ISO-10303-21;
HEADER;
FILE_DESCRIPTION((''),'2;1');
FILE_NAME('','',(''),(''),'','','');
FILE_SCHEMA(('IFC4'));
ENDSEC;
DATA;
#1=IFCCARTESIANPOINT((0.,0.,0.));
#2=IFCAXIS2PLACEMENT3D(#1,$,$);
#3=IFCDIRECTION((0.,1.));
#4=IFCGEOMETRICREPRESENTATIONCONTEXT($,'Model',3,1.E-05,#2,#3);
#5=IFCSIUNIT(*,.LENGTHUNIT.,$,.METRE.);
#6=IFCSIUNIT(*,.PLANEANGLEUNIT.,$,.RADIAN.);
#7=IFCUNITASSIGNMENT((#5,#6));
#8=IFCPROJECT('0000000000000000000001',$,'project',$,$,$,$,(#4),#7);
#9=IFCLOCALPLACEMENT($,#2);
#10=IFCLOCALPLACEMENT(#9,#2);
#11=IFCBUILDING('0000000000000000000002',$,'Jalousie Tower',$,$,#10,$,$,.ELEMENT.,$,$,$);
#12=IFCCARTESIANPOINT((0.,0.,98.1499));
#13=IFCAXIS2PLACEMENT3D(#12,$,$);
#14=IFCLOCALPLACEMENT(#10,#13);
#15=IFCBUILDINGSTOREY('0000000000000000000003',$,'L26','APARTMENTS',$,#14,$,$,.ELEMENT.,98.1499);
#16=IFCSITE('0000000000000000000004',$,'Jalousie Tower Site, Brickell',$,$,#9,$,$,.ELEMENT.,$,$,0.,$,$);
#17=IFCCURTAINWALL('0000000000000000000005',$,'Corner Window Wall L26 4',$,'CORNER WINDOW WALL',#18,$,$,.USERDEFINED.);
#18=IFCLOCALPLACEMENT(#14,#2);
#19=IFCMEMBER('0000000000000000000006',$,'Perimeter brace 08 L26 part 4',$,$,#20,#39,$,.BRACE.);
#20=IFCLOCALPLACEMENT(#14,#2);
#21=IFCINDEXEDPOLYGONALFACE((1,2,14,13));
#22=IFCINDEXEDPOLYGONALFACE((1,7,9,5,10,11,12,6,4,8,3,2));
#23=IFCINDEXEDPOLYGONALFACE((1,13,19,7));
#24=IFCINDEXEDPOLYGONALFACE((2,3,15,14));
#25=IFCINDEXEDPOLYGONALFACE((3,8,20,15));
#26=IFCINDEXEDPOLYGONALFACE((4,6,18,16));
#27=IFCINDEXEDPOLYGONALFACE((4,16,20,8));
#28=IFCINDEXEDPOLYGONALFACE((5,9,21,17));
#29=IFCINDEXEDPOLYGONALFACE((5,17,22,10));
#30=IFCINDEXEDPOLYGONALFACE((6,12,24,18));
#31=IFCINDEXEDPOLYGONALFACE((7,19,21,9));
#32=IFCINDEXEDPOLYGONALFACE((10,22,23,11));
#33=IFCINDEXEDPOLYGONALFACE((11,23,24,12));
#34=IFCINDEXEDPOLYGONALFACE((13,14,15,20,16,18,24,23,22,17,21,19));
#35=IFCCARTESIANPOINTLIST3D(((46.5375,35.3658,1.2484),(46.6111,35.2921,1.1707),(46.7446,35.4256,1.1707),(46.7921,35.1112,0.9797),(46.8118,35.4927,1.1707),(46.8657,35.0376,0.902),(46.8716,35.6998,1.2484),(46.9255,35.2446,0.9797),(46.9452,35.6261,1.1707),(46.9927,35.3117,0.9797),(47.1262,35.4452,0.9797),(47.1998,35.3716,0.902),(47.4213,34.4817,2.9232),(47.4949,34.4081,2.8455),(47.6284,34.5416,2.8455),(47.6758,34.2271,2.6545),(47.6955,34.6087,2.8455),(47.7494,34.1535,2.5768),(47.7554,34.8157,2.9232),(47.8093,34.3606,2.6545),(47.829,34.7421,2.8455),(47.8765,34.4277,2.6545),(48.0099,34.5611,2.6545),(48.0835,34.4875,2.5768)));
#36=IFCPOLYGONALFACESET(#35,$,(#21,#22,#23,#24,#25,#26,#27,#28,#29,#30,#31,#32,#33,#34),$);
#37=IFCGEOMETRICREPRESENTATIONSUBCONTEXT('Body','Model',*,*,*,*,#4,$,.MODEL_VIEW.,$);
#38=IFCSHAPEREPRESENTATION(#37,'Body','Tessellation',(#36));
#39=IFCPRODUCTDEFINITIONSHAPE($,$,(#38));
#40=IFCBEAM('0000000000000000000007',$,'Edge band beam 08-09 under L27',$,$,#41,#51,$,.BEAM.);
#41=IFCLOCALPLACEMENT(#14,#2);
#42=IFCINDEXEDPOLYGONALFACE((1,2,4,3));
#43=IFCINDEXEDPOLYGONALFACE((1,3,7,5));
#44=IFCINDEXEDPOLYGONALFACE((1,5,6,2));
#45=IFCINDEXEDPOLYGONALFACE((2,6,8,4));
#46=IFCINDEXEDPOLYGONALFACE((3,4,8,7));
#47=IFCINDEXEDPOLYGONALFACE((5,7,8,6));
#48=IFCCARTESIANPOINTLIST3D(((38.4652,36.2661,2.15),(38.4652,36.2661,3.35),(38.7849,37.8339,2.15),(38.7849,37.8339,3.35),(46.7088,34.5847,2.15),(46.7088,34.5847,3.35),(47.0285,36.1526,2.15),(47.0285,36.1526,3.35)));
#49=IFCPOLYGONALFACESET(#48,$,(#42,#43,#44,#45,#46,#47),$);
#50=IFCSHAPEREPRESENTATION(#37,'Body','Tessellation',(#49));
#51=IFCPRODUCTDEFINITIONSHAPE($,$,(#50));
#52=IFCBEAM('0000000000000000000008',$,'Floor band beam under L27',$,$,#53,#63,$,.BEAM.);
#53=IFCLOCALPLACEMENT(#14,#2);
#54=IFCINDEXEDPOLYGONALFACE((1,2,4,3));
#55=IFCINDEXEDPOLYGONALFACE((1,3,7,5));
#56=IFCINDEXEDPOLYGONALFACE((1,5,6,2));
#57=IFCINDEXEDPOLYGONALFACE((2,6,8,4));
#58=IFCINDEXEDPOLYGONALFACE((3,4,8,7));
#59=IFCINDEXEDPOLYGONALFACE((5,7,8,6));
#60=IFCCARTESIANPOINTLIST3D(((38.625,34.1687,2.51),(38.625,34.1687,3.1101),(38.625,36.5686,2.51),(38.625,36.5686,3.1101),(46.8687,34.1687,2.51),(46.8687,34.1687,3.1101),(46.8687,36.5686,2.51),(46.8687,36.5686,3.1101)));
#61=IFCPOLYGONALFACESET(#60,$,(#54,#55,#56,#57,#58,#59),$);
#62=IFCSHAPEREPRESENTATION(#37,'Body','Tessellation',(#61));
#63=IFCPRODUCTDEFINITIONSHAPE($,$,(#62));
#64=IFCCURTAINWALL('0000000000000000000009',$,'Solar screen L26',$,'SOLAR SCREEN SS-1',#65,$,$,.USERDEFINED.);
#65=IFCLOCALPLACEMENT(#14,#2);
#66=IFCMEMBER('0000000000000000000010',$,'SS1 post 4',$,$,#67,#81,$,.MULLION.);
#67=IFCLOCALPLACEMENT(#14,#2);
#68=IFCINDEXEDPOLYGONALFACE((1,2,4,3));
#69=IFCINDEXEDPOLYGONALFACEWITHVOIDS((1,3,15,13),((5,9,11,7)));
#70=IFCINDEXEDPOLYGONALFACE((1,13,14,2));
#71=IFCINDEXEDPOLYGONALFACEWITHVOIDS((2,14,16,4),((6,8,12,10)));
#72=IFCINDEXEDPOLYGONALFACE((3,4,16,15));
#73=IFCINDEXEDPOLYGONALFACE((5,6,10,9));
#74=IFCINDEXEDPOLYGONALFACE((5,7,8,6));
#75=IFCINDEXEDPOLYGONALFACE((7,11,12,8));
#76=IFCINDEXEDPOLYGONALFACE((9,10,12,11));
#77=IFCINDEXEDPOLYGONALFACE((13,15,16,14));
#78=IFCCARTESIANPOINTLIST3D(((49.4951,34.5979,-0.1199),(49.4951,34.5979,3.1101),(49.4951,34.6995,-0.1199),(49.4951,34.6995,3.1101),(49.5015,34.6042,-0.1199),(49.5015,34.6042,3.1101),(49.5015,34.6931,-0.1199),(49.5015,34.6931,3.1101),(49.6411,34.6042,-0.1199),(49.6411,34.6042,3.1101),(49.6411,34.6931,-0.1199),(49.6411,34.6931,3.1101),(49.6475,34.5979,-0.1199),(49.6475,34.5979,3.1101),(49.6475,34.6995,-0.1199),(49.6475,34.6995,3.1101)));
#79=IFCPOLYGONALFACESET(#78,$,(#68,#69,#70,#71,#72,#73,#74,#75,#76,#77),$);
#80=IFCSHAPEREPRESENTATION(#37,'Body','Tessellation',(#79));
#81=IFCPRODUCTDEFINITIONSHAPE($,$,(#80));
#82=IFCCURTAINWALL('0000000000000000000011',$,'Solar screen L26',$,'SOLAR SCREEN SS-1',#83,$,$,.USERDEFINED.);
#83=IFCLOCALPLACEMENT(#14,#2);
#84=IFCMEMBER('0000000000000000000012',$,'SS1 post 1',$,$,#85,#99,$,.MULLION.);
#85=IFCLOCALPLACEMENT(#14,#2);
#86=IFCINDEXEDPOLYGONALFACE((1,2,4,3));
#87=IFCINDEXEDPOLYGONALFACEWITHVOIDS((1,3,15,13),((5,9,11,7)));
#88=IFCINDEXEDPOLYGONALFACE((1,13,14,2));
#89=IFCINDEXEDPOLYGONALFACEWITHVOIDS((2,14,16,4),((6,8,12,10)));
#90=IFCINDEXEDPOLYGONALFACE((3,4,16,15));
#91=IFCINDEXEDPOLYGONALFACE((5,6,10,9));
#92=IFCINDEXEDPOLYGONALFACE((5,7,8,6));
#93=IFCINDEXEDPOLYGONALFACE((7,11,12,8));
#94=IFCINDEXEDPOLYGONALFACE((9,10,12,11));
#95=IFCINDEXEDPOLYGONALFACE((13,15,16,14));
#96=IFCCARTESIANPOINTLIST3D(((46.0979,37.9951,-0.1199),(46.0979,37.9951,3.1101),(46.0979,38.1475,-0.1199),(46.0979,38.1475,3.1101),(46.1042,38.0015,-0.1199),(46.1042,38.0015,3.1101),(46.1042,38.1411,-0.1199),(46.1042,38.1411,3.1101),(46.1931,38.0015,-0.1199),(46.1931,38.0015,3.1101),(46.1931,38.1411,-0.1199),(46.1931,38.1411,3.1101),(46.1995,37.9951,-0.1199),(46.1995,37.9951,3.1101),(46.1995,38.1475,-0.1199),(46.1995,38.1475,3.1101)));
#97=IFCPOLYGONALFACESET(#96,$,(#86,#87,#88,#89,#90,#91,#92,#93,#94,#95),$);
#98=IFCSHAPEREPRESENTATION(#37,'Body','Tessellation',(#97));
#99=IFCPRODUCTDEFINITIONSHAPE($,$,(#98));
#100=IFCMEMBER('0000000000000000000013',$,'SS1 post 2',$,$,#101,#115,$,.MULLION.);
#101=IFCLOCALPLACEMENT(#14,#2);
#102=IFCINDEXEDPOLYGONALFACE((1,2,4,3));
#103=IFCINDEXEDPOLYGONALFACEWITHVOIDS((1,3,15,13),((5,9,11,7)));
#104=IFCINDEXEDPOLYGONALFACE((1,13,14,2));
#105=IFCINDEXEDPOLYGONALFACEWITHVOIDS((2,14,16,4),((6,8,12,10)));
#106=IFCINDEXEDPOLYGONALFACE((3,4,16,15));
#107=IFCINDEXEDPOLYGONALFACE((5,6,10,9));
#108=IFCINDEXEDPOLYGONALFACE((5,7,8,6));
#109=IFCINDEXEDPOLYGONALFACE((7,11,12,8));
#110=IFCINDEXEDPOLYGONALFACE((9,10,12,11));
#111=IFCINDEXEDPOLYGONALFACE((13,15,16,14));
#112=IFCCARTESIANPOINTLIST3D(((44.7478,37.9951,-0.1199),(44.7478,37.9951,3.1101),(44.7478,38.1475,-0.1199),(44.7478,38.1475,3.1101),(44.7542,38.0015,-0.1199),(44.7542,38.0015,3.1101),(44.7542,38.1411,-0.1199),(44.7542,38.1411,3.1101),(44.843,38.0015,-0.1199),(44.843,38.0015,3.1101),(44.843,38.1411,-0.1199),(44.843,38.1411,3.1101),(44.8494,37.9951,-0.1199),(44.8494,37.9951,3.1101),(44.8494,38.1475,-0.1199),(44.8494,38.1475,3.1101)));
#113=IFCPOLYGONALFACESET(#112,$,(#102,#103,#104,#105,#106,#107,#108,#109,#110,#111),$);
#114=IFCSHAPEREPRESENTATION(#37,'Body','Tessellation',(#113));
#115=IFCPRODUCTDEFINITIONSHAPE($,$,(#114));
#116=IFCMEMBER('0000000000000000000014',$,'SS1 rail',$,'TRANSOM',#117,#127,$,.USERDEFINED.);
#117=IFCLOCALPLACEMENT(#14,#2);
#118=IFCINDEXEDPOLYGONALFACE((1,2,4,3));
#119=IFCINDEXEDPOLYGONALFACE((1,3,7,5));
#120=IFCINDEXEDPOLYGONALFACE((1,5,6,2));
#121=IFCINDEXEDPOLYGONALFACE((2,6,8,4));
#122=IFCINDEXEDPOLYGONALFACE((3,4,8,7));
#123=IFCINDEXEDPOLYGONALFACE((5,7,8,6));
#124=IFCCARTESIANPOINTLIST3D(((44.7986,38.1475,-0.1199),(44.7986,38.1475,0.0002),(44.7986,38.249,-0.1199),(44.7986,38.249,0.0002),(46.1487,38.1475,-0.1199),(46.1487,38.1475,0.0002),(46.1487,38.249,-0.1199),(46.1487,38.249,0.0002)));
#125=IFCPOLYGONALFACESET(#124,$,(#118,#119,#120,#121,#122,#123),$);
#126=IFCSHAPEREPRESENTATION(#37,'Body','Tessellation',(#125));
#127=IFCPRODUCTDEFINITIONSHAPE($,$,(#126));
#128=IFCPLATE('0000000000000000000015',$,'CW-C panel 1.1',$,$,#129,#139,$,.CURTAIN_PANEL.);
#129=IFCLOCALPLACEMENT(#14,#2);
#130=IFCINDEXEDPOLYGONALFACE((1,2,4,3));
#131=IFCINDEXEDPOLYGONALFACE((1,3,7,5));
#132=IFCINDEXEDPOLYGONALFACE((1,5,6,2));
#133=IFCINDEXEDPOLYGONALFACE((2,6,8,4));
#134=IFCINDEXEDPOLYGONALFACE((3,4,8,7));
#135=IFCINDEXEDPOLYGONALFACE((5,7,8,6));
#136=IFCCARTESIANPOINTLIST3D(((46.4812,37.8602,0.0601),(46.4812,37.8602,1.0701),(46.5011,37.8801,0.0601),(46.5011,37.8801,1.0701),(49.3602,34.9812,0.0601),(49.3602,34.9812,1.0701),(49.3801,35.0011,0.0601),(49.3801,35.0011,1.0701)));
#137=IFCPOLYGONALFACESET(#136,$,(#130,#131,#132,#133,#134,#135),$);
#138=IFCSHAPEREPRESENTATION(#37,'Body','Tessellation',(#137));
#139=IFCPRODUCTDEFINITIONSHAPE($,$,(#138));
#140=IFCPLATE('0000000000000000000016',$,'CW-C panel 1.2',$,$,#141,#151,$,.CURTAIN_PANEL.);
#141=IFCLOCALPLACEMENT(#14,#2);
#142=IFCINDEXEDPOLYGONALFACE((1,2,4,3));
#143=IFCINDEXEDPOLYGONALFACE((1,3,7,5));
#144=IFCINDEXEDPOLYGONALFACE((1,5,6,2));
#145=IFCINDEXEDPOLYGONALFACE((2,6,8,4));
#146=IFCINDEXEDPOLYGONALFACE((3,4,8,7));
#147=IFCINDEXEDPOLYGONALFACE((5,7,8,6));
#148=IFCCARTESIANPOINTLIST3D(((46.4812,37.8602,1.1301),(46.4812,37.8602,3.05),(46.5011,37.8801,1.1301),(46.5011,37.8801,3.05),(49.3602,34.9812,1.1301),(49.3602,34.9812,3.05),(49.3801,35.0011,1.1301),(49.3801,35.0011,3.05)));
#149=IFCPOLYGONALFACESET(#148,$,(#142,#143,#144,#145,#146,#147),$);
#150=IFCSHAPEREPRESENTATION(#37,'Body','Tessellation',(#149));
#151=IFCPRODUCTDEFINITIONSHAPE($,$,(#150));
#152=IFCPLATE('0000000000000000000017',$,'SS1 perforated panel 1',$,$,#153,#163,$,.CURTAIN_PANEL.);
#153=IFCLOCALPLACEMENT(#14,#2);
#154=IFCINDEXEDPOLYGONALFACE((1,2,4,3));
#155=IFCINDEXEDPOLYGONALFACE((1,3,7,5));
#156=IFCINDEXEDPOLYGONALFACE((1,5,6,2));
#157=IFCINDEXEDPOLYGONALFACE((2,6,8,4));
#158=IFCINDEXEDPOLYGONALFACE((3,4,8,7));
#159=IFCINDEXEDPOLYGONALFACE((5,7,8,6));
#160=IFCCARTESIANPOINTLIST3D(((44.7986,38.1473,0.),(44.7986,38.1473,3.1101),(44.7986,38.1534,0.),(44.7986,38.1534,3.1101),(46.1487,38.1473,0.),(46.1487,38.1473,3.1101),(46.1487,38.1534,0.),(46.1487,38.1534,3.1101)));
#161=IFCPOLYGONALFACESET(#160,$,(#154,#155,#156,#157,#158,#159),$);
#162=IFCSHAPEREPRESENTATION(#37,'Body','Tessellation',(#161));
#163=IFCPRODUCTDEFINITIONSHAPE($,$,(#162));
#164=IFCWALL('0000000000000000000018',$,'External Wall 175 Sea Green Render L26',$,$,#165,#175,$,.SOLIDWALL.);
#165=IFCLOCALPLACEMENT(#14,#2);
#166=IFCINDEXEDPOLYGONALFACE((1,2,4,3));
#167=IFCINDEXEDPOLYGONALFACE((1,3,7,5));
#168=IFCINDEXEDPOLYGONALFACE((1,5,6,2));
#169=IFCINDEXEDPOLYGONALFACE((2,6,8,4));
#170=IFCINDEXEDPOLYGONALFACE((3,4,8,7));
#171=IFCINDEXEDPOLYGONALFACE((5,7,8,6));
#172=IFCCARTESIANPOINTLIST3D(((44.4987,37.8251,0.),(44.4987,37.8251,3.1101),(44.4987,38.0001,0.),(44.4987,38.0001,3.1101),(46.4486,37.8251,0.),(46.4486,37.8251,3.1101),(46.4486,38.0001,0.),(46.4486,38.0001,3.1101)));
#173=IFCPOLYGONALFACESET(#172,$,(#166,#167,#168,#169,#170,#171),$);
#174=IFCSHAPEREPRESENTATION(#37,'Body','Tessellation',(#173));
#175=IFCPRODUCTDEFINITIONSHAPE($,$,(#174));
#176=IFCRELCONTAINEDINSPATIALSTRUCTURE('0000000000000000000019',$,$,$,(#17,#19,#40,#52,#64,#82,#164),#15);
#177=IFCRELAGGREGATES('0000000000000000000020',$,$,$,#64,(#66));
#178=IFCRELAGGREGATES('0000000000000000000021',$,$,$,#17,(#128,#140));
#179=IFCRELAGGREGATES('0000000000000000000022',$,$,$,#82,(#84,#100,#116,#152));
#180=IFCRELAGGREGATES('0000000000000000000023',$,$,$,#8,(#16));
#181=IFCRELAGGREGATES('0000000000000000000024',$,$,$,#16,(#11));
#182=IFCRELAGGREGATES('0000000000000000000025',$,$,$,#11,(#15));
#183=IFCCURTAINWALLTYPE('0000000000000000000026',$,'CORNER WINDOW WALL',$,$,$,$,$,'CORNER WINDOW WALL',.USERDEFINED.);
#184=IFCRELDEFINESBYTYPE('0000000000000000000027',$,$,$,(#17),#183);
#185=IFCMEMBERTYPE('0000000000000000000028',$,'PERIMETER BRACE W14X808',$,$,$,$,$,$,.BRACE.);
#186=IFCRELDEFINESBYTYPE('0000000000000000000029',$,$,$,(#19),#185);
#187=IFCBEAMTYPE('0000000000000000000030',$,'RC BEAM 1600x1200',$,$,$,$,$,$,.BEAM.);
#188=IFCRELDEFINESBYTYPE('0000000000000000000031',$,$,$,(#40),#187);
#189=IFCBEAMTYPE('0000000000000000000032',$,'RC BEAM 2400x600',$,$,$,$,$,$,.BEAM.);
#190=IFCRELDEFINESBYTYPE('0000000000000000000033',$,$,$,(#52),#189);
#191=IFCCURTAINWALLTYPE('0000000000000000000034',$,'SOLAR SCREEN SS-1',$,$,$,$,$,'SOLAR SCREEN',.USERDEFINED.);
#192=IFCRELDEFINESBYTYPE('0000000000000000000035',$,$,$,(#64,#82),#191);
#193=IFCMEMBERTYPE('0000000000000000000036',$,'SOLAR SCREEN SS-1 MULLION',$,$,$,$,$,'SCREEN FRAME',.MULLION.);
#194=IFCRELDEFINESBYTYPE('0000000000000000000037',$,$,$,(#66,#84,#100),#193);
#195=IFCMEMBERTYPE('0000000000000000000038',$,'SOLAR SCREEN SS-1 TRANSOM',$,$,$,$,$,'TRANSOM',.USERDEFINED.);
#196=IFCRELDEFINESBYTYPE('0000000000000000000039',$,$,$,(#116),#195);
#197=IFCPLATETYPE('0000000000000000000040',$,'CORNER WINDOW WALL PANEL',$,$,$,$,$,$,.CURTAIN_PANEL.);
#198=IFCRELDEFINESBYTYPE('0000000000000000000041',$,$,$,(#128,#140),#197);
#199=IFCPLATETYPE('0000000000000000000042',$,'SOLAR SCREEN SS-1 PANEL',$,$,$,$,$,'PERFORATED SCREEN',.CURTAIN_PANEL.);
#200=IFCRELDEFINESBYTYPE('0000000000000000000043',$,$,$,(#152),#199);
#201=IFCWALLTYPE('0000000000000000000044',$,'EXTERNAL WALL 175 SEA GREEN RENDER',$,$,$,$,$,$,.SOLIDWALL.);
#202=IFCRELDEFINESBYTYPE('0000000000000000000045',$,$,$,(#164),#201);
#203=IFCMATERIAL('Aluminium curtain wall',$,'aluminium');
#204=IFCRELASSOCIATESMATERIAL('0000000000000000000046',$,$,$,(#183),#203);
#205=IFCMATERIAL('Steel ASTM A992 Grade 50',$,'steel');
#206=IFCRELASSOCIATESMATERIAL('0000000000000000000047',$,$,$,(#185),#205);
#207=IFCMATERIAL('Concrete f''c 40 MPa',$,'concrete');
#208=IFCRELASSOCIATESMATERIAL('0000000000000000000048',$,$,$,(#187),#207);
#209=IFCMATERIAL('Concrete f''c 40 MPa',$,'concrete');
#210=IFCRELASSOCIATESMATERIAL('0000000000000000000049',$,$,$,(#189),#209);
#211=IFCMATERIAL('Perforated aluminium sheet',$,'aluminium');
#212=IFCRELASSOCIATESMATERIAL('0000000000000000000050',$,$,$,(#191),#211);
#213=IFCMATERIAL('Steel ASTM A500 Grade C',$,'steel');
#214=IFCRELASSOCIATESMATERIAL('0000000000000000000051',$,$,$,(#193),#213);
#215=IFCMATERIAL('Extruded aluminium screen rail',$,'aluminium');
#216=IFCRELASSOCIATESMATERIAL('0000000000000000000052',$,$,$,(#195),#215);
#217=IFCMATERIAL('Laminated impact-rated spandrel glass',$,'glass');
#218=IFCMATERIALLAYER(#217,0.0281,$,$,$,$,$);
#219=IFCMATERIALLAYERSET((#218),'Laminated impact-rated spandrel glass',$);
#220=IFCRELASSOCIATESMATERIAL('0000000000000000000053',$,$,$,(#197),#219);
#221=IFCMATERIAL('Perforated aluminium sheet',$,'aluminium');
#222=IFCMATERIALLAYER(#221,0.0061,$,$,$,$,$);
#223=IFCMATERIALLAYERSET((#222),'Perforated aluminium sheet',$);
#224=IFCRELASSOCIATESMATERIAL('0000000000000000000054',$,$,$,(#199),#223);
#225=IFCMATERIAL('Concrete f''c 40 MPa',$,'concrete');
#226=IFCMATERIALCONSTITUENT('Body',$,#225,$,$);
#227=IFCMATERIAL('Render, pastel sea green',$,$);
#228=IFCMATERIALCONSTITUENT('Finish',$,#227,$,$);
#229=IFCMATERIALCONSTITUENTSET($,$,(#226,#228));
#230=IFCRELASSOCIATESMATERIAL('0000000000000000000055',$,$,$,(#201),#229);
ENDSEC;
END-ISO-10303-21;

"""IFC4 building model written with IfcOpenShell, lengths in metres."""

from ifc_helpers import new_model, si_unit, direction, frame, frame_2d, origin, origin_2d, place, context, subcontext, project, spatial, rectangle, hollow_rectangle, i_section, extrude, material, layer, layer_set, constituent, constituent_set, material_profile, profile_set, type_object, element, aggregate, save


model = new_model("IFC4")

# Units and contexts
model_context = context("Model", 3, precision=1e-05, world=origin(), true_north=direction((0.0, 1.0)))
body_context = subcontext(model_context, "Body", "Model", "MODEL_VIEW")
ifc_project = project(units=[si_unit("LENGTHUNIT", "METRE"), si_unit("PLANEANGLEUNIT", "RADIAN")], contexts=[model_context])

# Site, building, storey
site_placement = place(None, origin())
site = spatial("IfcSite", under=ifc_project, at=site_placement, Name="Jalousie Tower Site, Brickell", CompositionType="ELEMENT", RefElevation=0.0)
building_placement = place(site_placement, origin())
building = spatial("IfcBuilding", under=site, at=building_placement, Name="Jalousie Tower", CompositionType="ELEMENT")
storey_placement = place(building_placement, frame((0.0, 0.0, 98.1499)))
storey = spatial("IfcBuildingStorey", under=building, at=storey_placement, Name="L26", Description="APARTMENTS", CompositionType="ELEMENT", Elevation=98.1499)

# Curtain wall
ifc_material_1 = material(Name="Aluminium curtain wall", Category="aluminium")
curtain_wall_type_1 = type_object("IfcCurtainWallType", Name="CORNER WINDOW WALL", ElementType="CORNER WINDOW WALL", PredefinedType="USERDEFINED", material=ifc_material_1)
curtain_wall_1_placement = place(storey_placement, origin())
curtain_wall_1 = element("IfcCurtainWall", 1, at=curtain_wall_1_placement, inside=storey, type_object=curtain_wall_type_1, Name="Corner Window Wall L26 4", ObjectType="CORNER WINDOW WALL", PredefinedType="USERDEFINED")

# Member
ifc_material_2 = material(Name="Steel ASTM A992 Grade 50", Category="steel")
ifc_material_profile_1 = material_profile(ifc_material_2, i_section(OverallWidth=0.4724, OverallDepth=0.5791, WebThickness=0.095, FlangeThickness=0.1299, at=origin_2d()), Name="W14X808")
ifc_profile_set_1 = profile_set([ifc_material_profile_1], Name="Steel ASTM A992 Grade 50")
member_type_1 = type_object("IfcMemberType", Name="PERIMETER BRACE W14X808", PredefinedType="BRACE", material=ifc_profile_set_1)
member_1_placement = place(storey_placement, frame((46.8687, 35.3687, 1.0752), z_axis=(0.422891, -0.423008, 0.801391), x_axis=(0.707204, 0.707009, 0.0)))
element("IfcMember", 2, at=member_1_placement, inside=storey, type_object=member_type_1, Name="Perimeter brace 08 L26 part 4", PredefinedType="BRACE", context=body_context, shape_type="SweptSolid", body=[
    extrude(i_section(OverallWidth=0.4724, OverallDepth=0.5791, WebThickness=0.095, FlangeThickness=0.1299, at=origin_2d()), origin(), (0.0, 0.0, 1.0), 2.0898),
])

# Beams
ifc_material_3 = material(Name="Concrete f'c 40 MPa", Category="concrete")
ifc_material_profile_2 = material_profile(ifc_material_3, rectangle(XDim=1.6001, YDim=1.2, at=origin_2d()), Name="RC 1600x1200")
ifc_profile_set_2 = profile_set([ifc_material_profile_2], Name="Concrete f'c 40 MPa")
beam_type_1 = type_object("IfcBeamType", Name="RC BEAM 1600x1200", PredefinedType="BEAM", material=ifc_profile_set_2)
beam_1_placement = place(storey_placement, frame((46.8687, 35.3687, 2.75), z_axis=(-0.979827, 0.199848, 0.0), x_axis=(-0.199848, -0.979827, 0.0)))
element("IfcBeam", 3, at=beam_1_placement, inside=storey, type_object=beam_type_1, Name="Edge band beam 08-09 under L27", PredefinedType="BEAM", context=body_context, shape_type="SweptSolid", body=[
    extrude(rectangle(XDim=1.6001, YDim=1.2, at=origin_2d()), origin(), (0.0, 0.0, 1.0), 8.4133),
])
ifc_material_4 = material(Name="Concrete f'c 40 MPa", Category="concrete")
ifc_material_profile_3 = material_profile(ifc_material_4, rectangle(XDim=2.3999, YDim=0.6001, at=origin_2d()), Name="RC 2400x600")
ifc_profile_set_3 = profile_set([ifc_material_profile_3], Name="Concrete f'c 40 MPa")
beam_type_2 = type_object("IfcBeamType", Name="RC BEAM 2400x600", PredefinedType="BEAM", material=ifc_profile_set_3)
beam_2_placement = place(storey_placement, frame((46.8687, 35.3687, 2.8101), z_axis=(-1.0, 0.0, 0.0), x_axis=(0.0, -1.0, 0.0)))
element("IfcBeam", 4, at=beam_2_placement, inside=storey, type_object=beam_type_2, Name="Floor band beam under L27", PredefinedType="BEAM", context=body_context, shape_type="SweptSolid", body=[
    extrude(rectangle(XDim=2.3999, YDim=0.6001, at=origin_2d()), origin(), (0.0, 0.0, 1.0), 8.2437),
])

# Curtain wall, member
ifc_material_5 = material(Name="Perforated aluminium sheet", Category="aluminium")
curtain_wall_type_2 = type_object("IfcCurtainWallType", Name="SOLAR SCREEN SS-1", ElementType="SOLAR SCREEN", PredefinedType="USERDEFINED", material=ifc_material_5)
curtain_wall_2_placement = place(storey_placement, origin())
curtain_wall_2 = element("IfcCurtainWall", 5, at=curtain_wall_2_placement, inside=storey, type_object=curtain_wall_type_2, Name="Solar screen L26", ObjectType="SOLAR SCREEN SS-1", PredefinedType="USERDEFINED")
ifc_material_6 = material(Name="Steel ASTM A500 Grade C", Category="steel")
ifc_material_profile_4 = material_profile(ifc_material_6, hollow_rectangle(XDim=0.1016, YDim=0.1523, WallThickness=0.0063, at=origin_2d()), Name="HSS6X4X1/4")
ifc_profile_set_4 = profile_set([ifc_material_profile_4], Name="Steel ASTM A500 Grade C")
member_type_2 = type_object("IfcMemberType", Name="SOLAR SCREEN SS-1 MULLION", ElementType="SCREEN FRAME", PredefinedType="MULLION", material=ifc_profile_set_4)
member_2_placement = place(storey_placement, frame((49.5713, 34.6487, -0.1199), z_axis=(0.0, 0.0, 1.0), x_axis=(0.0, 1.0, 0.0)))
member_2 = element("IfcMember", 6, at=member_2_placement, type_object=member_type_2, Name="SS1 post 4", PredefinedType="MULLION", context=body_context, shape_type="SweptSolid", body=[
    extrude(hollow_rectangle(XDim=0.1016, YDim=0.1523, WallThickness=0.0063, at=origin_2d()), origin(), (0.0, 0.0, 1.0), 3.23),
])
aggregate(curtain_wall_2, [member_2])

# Curtain wall, members
curtain_wall_3_placement = place(storey_placement, origin())
curtain_wall_3 = element("IfcCurtainWall", 7, at=curtain_wall_3_placement, inside=storey, type_object=curtain_wall_type_2, Name="Solar screen L26", ObjectType="SOLAR SCREEN SS-1", PredefinedType="USERDEFINED")
member_3_placement = place(storey_placement, frame((46.1487, 38.0713, -0.1199), z_axis=(0.0, 0.0, 1.0), x_axis=(-1.0, 0.0, 0.0)))
member_3 = element("IfcMember", 8, at=member_3_placement, type_object=member_type_2, Name="SS1 post 1", PredefinedType="MULLION", context=body_context, shape_type="SweptSolid", body=[
    extrude(hollow_rectangle(XDim=0.1016, YDim=0.1523, WallThickness=0.0063, at=origin_2d()), origin(), (0.0, 0.0, 1.0), 3.23),
])
member_4_placement = place(storey_placement, frame((44.7986, 38.0713, -0.1199), z_axis=(0.0, 0.0, 1.0), x_axis=(-1.0, 0.0, 0.0)))
member_4 = element("IfcMember", 9, at=member_4_placement, type_object=member_type_2, Name="SS1 post 2", PredefinedType="MULLION", context=body_context, shape_type="SweptSolid", body=[
    extrude(hollow_rectangle(XDim=0.1016, YDim=0.1523, WallThickness=0.0063, at=origin_2d()), origin(), (0.0, 0.0, 1.0), 3.23),
])
ifc_material_7 = material(Name="Extruded aluminium screen rail", Category="aluminium")
ifc_material_profile_5 = material_profile(ifc_material_7, rectangle(XDim=0.1016, YDim=0.1201, at=origin_2d()), Name="RAIL 102x120")
ifc_profile_set_5 = profile_set([ifc_material_profile_5], Name="Extruded aluminium screen rail")
member_type_3 = type_object("IfcMemberType", Name="SOLAR SCREEN SS-1 TRANSOM", ElementType="TRANSOM", PredefinedType="USERDEFINED", material=ifc_profile_set_5)
member_5_placement = place(storey_placement, frame((46.1487, 38.1982, -0.0598), z_axis=(-1.0, 0.0, 0.0), x_axis=(0.0, -1.0, 0.0)))
member_5 = element("IfcMember", 10, at=member_5_placement, type_object=member_type_3, Name="SS1 rail", ObjectType="TRANSOM", PredefinedType="USERDEFINED", context=body_context, shape_type="SweptSolid", body=[
    extrude(rectangle(XDim=0.1016, YDim=0.1201, at=origin_2d()), origin(), (0.0, 0.0, 1.0), 1.3501),
])

# Plates
ifc_material_8 = material(Name="Laminated impact-rated spandrel glass", Category="glass")
ifc_layer_1 = layer(ifc_material_8, 0.0281)
ifc_layer_set_1 = layer_set([ifc_layer_1], Name="Laminated impact-rated spandrel glass")
plate_type_1 = type_object("IfcPlateType", Name="CORNER WINDOW WALL PANEL", PredefinedType="CURTAIN_PANEL", material=ifc_layer_set_1)
plate_1_placement = place(storey_placement, frame((47.9307, 36.4307, 0.0601), z_axis=(0.0, 0.0, 1.0), x_axis=(-0.707107, 0.707107, 0.0)))
plate_1 = element("IfcPlate", 11, at=plate_1_placement, type_object=plate_type_1, Name="CW-C panel 1.1", PredefinedType="CURTAIN_PANEL", context=body_context, shape_type="SweptSolid", body=[
    extrude(rectangle(XDim=4.0715, YDim=0.0281, at=origin_2d()), origin(), (0.0, 0.0, 1.0), 1.01),
])
plate_2_placement = place(storey_placement, frame((47.9307, 36.4307, 1.1301), z_axis=(0.0, 0.0, 1.0), x_axis=(-0.707107, 0.707107, 0.0)))
plate_2 = element("IfcPlate", 12, at=plate_2_placement, type_object=plate_type_1, Name="CW-C panel 1.2", PredefinedType="CURTAIN_PANEL", context=body_context, shape_type="SweptSolid", body=[
    extrude(rectangle(XDim=4.0715, YDim=0.0281, at=origin_2d()), origin(), (0.0, 0.0, 1.0), 1.9199),
])
aggregate(curtain_wall_1, [plate_1, plate_2])
ifc_material_9 = material(Name="Perforated aluminium sheet", Category="aluminium")
ifc_layer_2 = layer(ifc_material_9, 0.0061)
ifc_layer_set_2 = layer_set([ifc_layer_2], Name="Perforated aluminium sheet")
plate_type_2 = type_object("IfcPlateType", Name="SOLAR SCREEN SS-1 PANEL", ElementType="PERFORATED SCREEN", PredefinedType="CURTAIN_PANEL", material=ifc_layer_set_2)
plate_3_placement = place(storey_placement, frame((45.4736, 38.1504, 0.0), z_axis=(0.0, 0.0, 1.0), x_axis=(-1.0, 0.0, 0.0)))
plate_3 = element("IfcPlate", 13, at=plate_3_placement, type_object=plate_type_2, Name="SS1 perforated panel 1", PredefinedType="CURTAIN_PANEL", context=body_context, shape_type="SweptSolid", body=[
    extrude(rectangle(XDim=1.3501, YDim=0.0061, at=origin_2d()), origin(), (0.0, 0.0, 1.0), 3.1101),
])
aggregate(curtain_wall_3, [member_3, member_4, member_5, plate_3])

# Wall
ifc_material_10 = material(Name="Concrete f'c 40 MPa", Category="concrete")
ifc_constituent_1 = constituent(ifc_material_10, Name="Body")
ifc_material_11 = material(Name="Render, pastel sea green")
ifc_constituent_2 = constituent(ifc_material_11, Name="Finish")
ifc_constituent_set = constituent_set(constituents=[ifc_constituent_1, ifc_constituent_2])
wall_type = type_object("IfcWallType", Name="EXTERNAL WALL 175 SEA GREEN RENDER", PredefinedType="SOLIDWALL", material=ifc_constituent_set)
wall_1_placement = place(storey_placement, frame((46.4487, 37.9126, 0.0), z_axis=(0.0, 0.0, 1.0), x_axis=(-1.0, 0.0, 0.0)))
element("IfcWall", 14, at=wall_1_placement, inside=storey, type_object=wall_type, Name="External Wall 175 Sea Green Render L26", PredefinedType="SOLIDWALL", context=body_context, shape_type="SweptSolid", body=[
    extrude(rectangle(XDim=1.95, YDim=0.175, at=frame_2d((0.9751, 0.0))), origin(), (0.0, 0.0, 1.0), 3.1101),
])

save(model, "model.ifc")
